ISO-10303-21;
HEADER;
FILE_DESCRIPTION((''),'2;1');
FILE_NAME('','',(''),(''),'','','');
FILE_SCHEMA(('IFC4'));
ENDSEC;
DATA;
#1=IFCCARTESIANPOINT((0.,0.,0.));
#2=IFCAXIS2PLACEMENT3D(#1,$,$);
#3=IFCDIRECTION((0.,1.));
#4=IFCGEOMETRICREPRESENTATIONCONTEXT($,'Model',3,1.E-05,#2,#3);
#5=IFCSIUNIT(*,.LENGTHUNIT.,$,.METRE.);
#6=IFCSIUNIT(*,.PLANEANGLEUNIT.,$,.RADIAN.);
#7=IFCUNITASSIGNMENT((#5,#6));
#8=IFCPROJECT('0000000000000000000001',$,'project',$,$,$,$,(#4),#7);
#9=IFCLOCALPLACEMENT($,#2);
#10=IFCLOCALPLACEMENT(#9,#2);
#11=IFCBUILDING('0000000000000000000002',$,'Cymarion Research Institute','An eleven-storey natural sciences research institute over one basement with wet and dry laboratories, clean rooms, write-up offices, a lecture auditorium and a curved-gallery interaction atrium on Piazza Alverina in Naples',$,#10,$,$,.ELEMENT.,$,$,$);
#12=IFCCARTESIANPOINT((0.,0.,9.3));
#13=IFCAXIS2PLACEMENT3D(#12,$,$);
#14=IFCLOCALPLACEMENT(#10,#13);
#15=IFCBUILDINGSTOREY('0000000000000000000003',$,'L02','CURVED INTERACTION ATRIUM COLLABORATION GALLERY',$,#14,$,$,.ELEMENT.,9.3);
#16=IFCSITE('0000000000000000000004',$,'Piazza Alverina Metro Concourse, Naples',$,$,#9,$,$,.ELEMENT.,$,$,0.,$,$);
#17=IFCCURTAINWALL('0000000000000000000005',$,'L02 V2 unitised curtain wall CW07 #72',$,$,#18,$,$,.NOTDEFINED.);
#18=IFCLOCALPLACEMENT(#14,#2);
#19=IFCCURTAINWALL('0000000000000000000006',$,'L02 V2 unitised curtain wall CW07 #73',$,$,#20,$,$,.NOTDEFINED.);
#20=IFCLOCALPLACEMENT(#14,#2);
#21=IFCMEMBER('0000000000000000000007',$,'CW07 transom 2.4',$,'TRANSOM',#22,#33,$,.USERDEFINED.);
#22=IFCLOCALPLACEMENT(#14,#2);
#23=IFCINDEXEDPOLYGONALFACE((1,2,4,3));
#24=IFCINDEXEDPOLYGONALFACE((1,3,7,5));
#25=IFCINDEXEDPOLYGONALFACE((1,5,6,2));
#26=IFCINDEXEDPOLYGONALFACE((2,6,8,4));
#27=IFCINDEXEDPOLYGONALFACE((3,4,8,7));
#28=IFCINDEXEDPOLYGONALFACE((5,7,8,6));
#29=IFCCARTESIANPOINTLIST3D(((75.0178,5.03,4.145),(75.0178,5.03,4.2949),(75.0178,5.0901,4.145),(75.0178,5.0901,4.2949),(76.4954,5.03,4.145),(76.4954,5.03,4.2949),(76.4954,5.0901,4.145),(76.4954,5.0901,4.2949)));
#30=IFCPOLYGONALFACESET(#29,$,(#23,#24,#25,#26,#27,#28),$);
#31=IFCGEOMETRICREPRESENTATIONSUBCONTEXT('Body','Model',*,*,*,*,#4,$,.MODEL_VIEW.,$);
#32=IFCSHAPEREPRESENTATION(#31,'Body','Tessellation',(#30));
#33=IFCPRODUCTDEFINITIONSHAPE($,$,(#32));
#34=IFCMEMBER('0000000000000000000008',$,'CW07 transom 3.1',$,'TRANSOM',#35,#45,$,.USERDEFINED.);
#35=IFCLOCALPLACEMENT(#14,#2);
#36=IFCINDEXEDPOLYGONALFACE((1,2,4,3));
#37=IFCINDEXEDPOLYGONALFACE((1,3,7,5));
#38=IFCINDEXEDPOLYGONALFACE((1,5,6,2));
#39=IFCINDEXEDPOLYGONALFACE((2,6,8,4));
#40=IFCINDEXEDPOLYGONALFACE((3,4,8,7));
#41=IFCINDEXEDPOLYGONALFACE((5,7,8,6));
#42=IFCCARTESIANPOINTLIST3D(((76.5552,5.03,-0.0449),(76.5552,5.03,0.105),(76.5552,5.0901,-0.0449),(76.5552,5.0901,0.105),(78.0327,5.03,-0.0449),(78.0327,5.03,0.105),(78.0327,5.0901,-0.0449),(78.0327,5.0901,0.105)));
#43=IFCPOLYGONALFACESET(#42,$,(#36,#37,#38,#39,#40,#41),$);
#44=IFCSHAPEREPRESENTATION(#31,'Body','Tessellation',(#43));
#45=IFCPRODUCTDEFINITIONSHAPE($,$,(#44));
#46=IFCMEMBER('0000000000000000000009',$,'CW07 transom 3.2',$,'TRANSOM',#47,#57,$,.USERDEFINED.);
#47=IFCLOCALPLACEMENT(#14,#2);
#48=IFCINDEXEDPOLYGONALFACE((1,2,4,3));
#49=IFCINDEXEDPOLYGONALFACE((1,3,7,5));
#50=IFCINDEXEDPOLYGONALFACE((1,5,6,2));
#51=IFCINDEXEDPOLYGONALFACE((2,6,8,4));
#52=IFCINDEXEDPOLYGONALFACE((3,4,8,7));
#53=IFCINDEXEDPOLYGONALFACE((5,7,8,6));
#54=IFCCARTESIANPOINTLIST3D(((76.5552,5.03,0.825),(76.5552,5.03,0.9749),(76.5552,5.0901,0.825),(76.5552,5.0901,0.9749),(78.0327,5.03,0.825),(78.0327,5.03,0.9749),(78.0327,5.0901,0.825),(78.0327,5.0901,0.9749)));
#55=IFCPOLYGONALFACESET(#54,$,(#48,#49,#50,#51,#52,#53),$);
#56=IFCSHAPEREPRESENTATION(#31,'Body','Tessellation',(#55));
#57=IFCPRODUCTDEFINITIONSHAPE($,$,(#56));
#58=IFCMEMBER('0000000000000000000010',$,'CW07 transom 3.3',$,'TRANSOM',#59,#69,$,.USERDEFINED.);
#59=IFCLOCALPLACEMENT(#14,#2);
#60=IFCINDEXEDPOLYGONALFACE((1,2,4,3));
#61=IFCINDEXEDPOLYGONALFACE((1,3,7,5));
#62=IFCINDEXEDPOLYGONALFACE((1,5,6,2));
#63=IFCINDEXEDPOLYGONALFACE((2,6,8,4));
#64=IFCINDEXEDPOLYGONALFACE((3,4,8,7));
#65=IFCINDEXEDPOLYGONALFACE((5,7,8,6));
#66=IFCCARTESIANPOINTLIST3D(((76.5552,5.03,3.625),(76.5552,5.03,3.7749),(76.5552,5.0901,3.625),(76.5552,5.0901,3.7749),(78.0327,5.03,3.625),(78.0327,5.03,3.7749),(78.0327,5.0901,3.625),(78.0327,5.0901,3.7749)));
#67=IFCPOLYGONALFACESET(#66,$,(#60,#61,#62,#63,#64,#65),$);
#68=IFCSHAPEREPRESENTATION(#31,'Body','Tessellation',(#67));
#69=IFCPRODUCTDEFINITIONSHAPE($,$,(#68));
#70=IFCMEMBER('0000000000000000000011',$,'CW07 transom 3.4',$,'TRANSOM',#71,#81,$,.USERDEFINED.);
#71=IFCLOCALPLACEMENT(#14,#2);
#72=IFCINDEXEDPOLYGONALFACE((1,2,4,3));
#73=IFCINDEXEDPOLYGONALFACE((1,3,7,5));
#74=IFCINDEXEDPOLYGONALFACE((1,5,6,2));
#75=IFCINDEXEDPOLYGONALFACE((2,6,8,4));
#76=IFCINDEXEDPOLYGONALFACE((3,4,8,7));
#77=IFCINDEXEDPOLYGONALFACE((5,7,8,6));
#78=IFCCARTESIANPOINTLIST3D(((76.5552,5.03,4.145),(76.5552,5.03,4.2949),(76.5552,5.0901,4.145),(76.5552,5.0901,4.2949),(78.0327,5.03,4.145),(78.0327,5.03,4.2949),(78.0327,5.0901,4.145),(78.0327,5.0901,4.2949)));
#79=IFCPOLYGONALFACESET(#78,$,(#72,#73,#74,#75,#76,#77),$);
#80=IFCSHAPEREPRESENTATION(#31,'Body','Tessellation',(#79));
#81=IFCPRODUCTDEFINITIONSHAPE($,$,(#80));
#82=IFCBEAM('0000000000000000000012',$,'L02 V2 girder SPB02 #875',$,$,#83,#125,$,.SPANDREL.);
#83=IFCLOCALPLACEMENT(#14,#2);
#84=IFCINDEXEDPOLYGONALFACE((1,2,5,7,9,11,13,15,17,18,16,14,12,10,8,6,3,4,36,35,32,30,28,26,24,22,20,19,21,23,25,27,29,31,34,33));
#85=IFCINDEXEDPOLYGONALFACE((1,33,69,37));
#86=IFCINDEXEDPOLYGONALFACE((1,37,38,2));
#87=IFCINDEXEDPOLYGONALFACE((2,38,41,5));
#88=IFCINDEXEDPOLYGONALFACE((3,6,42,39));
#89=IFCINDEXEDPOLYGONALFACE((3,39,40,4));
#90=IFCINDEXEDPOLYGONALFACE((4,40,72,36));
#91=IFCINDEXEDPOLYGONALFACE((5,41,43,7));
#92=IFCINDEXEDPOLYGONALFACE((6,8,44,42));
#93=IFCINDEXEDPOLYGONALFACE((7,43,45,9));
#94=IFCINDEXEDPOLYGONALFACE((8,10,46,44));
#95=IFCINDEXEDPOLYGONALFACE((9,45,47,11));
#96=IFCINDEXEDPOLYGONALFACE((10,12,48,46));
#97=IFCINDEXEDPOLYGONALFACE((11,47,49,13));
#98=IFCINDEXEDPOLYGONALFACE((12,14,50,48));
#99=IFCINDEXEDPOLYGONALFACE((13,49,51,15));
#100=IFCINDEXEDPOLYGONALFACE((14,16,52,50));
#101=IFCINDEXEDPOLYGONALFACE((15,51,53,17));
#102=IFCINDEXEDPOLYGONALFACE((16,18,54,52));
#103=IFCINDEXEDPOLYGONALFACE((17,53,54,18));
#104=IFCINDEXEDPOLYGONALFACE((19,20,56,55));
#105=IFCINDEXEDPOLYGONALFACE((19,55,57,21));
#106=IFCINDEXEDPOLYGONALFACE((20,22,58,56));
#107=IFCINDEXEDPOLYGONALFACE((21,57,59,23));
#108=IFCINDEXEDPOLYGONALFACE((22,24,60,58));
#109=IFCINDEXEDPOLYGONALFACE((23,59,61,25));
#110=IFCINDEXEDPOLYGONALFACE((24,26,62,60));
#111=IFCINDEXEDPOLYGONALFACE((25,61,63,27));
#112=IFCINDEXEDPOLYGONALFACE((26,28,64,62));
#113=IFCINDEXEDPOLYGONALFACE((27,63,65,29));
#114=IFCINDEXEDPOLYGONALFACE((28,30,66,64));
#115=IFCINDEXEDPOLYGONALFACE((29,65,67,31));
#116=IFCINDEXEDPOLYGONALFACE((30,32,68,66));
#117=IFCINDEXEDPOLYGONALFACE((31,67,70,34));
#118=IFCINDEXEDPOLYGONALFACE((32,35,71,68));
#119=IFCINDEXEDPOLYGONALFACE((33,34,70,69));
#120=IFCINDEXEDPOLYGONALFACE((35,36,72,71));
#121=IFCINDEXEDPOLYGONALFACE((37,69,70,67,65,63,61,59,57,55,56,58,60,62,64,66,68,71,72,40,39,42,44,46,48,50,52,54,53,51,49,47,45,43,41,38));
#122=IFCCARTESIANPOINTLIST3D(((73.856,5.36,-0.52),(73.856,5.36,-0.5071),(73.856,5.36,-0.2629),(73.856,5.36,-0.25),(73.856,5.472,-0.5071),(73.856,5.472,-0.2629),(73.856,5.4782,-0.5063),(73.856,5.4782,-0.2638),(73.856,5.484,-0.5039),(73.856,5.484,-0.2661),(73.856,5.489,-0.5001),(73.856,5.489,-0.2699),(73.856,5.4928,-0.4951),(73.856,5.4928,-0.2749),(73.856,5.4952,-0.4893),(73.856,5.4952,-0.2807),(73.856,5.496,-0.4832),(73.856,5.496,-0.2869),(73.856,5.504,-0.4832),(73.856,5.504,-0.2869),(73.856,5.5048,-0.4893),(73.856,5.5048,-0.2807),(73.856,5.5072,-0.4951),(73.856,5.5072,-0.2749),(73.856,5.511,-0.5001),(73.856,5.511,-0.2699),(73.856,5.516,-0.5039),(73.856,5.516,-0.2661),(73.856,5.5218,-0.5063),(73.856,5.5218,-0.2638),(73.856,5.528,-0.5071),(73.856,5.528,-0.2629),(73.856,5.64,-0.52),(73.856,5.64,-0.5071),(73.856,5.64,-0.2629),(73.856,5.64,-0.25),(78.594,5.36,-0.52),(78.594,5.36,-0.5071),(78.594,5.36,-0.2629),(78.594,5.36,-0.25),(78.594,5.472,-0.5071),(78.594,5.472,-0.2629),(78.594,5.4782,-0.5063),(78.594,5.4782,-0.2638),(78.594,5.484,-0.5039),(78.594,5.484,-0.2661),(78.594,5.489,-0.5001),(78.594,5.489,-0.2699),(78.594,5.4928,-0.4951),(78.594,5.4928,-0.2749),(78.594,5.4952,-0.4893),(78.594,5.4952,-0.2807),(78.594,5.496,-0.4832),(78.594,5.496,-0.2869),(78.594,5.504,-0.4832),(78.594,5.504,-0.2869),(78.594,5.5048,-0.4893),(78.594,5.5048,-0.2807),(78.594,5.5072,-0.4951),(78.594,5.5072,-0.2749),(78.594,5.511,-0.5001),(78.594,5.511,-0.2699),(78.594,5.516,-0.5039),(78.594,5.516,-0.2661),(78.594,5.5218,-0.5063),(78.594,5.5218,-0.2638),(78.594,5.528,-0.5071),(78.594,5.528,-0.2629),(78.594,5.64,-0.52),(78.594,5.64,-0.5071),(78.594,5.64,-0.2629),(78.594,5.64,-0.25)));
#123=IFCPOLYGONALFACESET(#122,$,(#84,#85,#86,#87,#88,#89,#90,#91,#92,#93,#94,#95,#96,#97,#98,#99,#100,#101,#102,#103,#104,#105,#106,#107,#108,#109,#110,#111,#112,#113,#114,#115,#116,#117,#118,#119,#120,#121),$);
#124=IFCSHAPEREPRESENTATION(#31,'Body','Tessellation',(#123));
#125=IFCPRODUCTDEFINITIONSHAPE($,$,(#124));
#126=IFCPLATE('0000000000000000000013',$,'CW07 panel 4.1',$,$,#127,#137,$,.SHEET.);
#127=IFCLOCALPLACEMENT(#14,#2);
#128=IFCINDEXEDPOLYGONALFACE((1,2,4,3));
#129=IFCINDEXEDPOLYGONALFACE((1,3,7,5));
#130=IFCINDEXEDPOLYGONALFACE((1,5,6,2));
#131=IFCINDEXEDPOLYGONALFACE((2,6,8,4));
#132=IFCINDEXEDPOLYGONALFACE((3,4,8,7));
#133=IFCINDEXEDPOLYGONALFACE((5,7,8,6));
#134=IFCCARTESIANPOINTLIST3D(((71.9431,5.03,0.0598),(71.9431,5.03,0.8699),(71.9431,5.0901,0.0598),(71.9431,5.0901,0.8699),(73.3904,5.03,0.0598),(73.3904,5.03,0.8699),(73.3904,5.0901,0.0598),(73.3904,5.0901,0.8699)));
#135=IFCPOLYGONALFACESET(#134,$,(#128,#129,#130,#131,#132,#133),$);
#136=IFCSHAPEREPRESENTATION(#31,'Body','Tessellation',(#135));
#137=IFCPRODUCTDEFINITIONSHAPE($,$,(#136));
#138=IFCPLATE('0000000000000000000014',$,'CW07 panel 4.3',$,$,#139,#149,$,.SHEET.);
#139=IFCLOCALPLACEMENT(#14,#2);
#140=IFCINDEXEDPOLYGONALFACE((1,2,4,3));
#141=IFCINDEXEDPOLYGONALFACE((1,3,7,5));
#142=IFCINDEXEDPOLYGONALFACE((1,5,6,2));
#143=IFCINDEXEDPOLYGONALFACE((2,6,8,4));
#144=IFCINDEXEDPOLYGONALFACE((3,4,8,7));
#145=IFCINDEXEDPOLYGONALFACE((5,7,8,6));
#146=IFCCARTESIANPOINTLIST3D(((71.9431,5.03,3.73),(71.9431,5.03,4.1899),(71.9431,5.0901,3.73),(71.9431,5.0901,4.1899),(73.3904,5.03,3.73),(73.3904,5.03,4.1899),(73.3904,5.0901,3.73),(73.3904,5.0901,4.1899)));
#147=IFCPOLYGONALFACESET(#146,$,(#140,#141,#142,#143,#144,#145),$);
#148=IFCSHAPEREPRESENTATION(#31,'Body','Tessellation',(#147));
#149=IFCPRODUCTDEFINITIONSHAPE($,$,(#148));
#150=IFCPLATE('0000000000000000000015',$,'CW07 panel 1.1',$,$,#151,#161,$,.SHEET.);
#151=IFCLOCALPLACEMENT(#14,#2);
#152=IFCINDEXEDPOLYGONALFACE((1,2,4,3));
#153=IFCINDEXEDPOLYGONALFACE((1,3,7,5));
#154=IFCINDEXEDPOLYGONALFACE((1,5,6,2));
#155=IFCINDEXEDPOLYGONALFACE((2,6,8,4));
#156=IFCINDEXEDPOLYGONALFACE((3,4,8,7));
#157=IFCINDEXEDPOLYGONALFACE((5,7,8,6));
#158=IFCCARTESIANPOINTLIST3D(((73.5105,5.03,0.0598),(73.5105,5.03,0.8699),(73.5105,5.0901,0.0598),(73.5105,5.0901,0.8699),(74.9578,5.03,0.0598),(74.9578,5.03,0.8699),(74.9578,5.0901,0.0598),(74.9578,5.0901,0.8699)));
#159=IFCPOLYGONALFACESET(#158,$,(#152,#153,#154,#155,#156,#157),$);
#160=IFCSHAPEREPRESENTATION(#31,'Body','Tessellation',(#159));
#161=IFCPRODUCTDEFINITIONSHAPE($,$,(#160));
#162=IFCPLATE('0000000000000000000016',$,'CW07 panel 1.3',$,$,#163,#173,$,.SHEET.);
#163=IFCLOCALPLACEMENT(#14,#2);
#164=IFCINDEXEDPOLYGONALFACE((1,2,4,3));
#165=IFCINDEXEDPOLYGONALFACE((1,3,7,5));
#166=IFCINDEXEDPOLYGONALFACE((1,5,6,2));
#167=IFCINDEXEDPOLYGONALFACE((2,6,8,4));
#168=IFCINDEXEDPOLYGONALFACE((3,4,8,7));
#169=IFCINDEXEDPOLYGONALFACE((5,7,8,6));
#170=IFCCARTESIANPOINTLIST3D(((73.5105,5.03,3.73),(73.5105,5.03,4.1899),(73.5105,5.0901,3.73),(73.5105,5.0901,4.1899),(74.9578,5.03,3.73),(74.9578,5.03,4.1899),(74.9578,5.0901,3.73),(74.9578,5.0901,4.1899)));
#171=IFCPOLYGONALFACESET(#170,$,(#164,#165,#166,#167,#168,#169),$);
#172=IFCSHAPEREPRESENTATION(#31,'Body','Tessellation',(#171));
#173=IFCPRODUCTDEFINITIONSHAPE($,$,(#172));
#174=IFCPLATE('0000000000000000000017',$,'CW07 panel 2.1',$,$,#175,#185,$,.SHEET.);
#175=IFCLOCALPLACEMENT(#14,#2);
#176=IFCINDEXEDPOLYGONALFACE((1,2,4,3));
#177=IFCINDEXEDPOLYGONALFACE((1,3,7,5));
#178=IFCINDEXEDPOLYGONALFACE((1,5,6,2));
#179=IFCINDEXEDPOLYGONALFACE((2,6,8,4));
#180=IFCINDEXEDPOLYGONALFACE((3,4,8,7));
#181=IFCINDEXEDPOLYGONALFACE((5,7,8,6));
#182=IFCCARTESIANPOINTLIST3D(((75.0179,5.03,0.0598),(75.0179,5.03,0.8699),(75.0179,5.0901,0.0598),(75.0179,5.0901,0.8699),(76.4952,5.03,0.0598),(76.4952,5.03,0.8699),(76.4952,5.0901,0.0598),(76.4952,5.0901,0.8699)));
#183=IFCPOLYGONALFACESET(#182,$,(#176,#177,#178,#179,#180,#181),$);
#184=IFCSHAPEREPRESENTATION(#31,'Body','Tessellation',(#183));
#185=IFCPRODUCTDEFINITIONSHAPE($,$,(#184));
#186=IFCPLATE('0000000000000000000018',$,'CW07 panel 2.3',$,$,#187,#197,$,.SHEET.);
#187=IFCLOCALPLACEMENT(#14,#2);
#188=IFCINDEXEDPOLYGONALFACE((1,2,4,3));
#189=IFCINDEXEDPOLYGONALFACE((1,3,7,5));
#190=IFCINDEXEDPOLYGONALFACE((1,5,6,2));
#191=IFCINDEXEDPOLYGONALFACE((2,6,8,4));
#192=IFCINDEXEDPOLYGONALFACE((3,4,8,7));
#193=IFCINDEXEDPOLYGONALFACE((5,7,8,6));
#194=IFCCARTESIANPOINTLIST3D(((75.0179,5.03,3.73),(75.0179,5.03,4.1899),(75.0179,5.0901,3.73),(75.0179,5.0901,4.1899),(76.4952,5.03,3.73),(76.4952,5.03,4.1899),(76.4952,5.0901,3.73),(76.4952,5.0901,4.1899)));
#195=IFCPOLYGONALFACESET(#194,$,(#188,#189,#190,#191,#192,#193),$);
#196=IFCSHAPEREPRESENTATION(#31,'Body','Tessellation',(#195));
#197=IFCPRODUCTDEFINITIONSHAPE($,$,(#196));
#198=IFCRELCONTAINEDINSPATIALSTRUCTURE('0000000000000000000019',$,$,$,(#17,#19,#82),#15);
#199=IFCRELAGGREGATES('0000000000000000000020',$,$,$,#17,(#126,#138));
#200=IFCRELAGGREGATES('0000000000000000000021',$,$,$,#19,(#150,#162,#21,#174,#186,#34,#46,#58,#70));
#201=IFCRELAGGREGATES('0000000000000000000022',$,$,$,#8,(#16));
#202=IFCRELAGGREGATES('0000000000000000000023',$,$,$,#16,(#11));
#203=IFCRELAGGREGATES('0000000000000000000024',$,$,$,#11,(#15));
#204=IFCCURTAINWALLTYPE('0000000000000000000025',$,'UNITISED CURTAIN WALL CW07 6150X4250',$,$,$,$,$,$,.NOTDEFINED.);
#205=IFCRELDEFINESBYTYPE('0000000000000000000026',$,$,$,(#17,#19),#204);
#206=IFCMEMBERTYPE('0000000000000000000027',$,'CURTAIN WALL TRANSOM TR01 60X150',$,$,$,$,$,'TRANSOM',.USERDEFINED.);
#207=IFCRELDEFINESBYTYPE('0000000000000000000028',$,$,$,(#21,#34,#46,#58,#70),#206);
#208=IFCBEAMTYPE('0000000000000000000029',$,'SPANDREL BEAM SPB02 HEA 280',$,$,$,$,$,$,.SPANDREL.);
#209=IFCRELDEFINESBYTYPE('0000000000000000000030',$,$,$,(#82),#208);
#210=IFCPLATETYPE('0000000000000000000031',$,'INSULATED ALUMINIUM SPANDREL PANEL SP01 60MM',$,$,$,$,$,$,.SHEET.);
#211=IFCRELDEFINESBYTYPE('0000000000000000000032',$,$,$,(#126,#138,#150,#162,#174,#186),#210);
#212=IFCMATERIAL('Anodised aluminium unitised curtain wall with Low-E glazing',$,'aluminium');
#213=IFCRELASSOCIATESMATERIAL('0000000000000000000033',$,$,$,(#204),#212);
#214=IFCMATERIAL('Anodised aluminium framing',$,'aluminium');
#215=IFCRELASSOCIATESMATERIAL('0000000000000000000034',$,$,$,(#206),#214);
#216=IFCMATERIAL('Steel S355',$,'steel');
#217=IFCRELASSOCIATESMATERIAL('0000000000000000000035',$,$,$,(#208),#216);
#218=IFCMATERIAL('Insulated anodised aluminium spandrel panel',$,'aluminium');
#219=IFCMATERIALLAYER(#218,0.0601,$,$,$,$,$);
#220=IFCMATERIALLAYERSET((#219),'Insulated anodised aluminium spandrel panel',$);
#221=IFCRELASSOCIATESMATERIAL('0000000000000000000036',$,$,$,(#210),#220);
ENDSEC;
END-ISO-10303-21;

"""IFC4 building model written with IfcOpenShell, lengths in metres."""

from ifc_helpers import new_model, si_unit, direction, frame, origin, origin_2d, place, context, subcontext, project, spatial, rectangle, i_section, extrude, material, layer, layer_set, material_profile, profile_set, type_object, element, aggregate, save


model = new_model("IFC4")

# Units and contexts
model_context = context("Model", 3, precision=1e-05, world=origin(), true_north=direction((0.0, 1.0)))
body_context = subcontext(model_context, "Body", "Model", "MODEL_VIEW")
ifc_project = project(units=[si_unit("LENGTHUNIT", "METRE"), si_unit("PLANEANGLEUNIT", "RADIAN")], contexts=[model_context])

# Site, building, storey
site_placement = place(None, origin())
site = spatial("IfcSite", under=ifc_project, at=site_placement, Name="Piazza Alverina Metro Concourse, Naples", CompositionType="ELEMENT", RefElevation=0.0)
building_placement = place(site_placement, origin())
building = spatial("IfcBuilding", under=site, at=building_placement, Name="Cymarion Research Institute", Description="An eleven-storey natural sciences research institute over one basement with wet and dry laboratories, clean rooms, write-up offices, a lecture auditorium and a curved-gallery interaction atrium on Piazza Alverina in Naples", CompositionType="ELEMENT")
storey_placement = place(building_placement, frame((0.0, 0.0, 9.3)))
storey = spatial("IfcBuildingStorey", under=building, at=storey_placement, Name="L02", Description="CURVED INTERACTION ATRIUM COLLABORATION GALLERY", CompositionType="ELEMENT", Elevation=9.3)

# Shared definitions
ifc_material_1 = material(Name="Steel S355", Category="steel")

# Curtain wall
ifc_material_2 = material(Name="Anodised aluminium unitised curtain wall with Low-E glazing", Category="aluminium")
curtain_wall_type = type_object("IfcCurtainWallType", Name="UNITISED CURTAIN WALL CW07 6150X4250", PredefinedType="NOTDEFINED", material=ifc_material_2)
curtain_wall_1_placement = place(storey_placement, origin())
curtain_wall_1 = element("IfcCurtainWall", 1, at=curtain_wall_1_placement, inside=storey, type_object=curtain_wall_type, Name="L02 V2 unitised curtain wall CW07 #72", PredefinedType="NOTDEFINED")
ifc_material_3 = material(Name="Anodised aluminium framing", Category="aluminium")

# Curtain wall, members
curtain_wall_2_placement = place(storey_placement, origin())
curtain_wall_2 = element("IfcCurtainWall", 2, at=curtain_wall_2_placement, inside=storey, type_object=curtain_wall_type, Name="L02 V2 unitised curtain wall CW07 #73", PredefinedType="NOTDEFINED")
ifc_material_profile_1 = material_profile(ifc_material_3, rectangle(XDim=0.0601, YDim=0.1499, at=origin_2d()), Name="ALU TRANSOM 60x150")
ifc_profile_set_1 = profile_set([ifc_material_profile_1], Name="Anodised aluminium framing")
member_type_1 = type_object("IfcMemberType", Name="CURTAIN WALL TRANSOM TR01 60X150", ElementType="TRANSOM", PredefinedType="USERDEFINED", material=ifc_profile_set_1)
member_1_placement = place(storey_placement, frame((75.0178, 5.0601, 4.22), z_axis=(1.0, 0.0, 0.0), x_axis=(0.0, 1.0, 0.0)))
member_1 = element("IfcMember", 3, at=member_1_placement, type_object=member_type_1, Name="CW07 transom 2.4", ObjectType="TRANSOM", PredefinedType="USERDEFINED", context=body_context, shape_type="SweptSolid", body=[
    extrude(rectangle(XDim=0.0601, YDim=0.1499, at=origin_2d()), origin(), (0.0, 0.0, 1.0), 1.4775),
])
member_2_placement = place(storey_placement, frame((76.5552, 5.0601, 0.03), z_axis=(1.0, 0.0, 0.0), x_axis=(0.0, 1.0, 0.0)))
member_2 = element("IfcMember", 4, at=member_2_placement, type_object=member_type_1, Name="CW07 transom 3.1", ObjectType="TRANSOM", PredefinedType="USERDEFINED", context=body_context, shape_type="SweptSolid", body=[
    extrude(rectangle(XDim=0.0601, YDim=0.1499, at=origin_2d()), origin(), (0.0, 0.0, 1.0), 1.4775),
])
member_3_placement = place(storey_placement, frame((76.5552, 5.0601, 0.8999), z_axis=(1.0, 0.0, 0.0), x_axis=(0.0, 1.0, 0.0)))
member_3 = element("IfcMember", 5, at=member_3_placement, type_object=member_type_1, Name="CW07 transom 3.2", ObjectType="TRANSOM", PredefinedType="USERDEFINED", context=body_context, shape_type="SweptSolid", body=[
    extrude(rectangle(XDim=0.0601, YDim=0.1499, at=origin_2d()), origin(), (0.0, 0.0, 1.0), 1.4775),
])
member_4_placement = place(storey_placement, frame((76.5552, 5.0601, 3.7), z_axis=(1.0, 0.0, 0.0), x_axis=(0.0, 1.0, 0.0)))
member_4 = element("IfcMember", 6, at=member_4_placement, type_object=member_type_1, Name="CW07 transom 3.3", ObjectType="TRANSOM", PredefinedType="USERDEFINED", context=body_context, shape_type="SweptSolid", body=[
    extrude(rectangle(XDim=0.0601, YDim=0.1499, at=origin_2d()), origin(), (0.0, 0.0, 1.0), 1.4775),
])
member_5_placement = place(storey_placement, frame((76.5552, 5.0601, 4.22), z_axis=(1.0, 0.0, 0.0), x_axis=(0.0, 1.0, 0.0)))
member_5 = element("IfcMember", 7, at=member_5_placement, type_object=member_type_1, Name="CW07 transom 3.4", ObjectType="TRANSOM", PredefinedType="USERDEFINED", context=body_context, shape_type="SweptSolid", body=[
    extrude(rectangle(XDim=0.0601, YDim=0.1499, at=origin_2d()), origin(), (0.0, 0.0, 1.0), 1.4775),
])

# Beam
ifc_material_profile_2 = material_profile(ifc_material_1, i_section(OverallWidth=0.28, OverallDepth=0.27, WebThickness=0.0081, FlangeThickness=0.0129, FilletRadius=0.0239, at=origin_2d()), Name="HEA 280")
ifc_profile_set_2 = profile_set([ifc_material_profile_2], Name="Steel S355")
beam_type = type_object("IfcBeamType", Name="SPANDREL BEAM SPB02 HEA 280", PredefinedType="SPANDREL", material=ifc_profile_set_2)
beam_placement = place(storey_placement, frame((73.856, 5.5, -0.385), z_axis=(1.0, 0.0, 0.0), x_axis=(0.0, 1.0, 0.0)))
element("IfcBeam", 8, at=beam_placement, inside=storey, type_object=beam_type, Name="L02 V2 girder SPB02 #875", PredefinedType="SPANDREL", context=body_context, shape_type="SweptSolid", body=[
    extrude(i_section(OverallWidth=0.28, OverallDepth=0.27, WebThickness=0.0081, FlangeThickness=0.0129, FilletRadius=0.0239, at=origin_2d()), origin(), (0.0, 0.0, 1.0), 4.738),
])

# Plates
ifc_material_4 = material(Name="Insulated anodised aluminium spandrel panel", Category="aluminium")
ifc_layer_1 = layer(ifc_material_4, 0.0601)
ifc_layer_set_1 = layer_set([ifc_layer_1], Name="Insulated anodised aluminium spandrel panel")
plate_type_1 = type_object("IfcPlateType", Name="INSULATED ALUMINIUM SPANDREL PANEL SP01 60MM", PredefinedType="SHEET", material=ifc_layer_set_1)
plate_1_placement = place(storey_placement, frame((72.6667, 5.0601, 0.0598), z_axis=(0.0, 0.0, 1.0), x_axis=(1.0, 0.0, 0.0)))
plate_1 = element("IfcPlate", 9, at=plate_1_placement, type_object=plate_type_1, Name="CW07 panel 4.1", PredefinedType="SHEET", context=body_context, shape_type="SweptSolid", body=[
    extrude(rectangle(XDim=1.4473, YDim=0.0601, at=origin_2d()), origin(), (0.0, 0.0, 1.0), 0.8101),
])
plate_2_placement = place(storey_placement, frame((72.6667, 5.0601, 3.73), z_axis=(0.0, 0.0, 1.0), x_axis=(1.0, 0.0, 0.0)))
plate_2 = element("IfcPlate", 10, at=plate_2_placement, type_object=plate_type_1, Name="CW07 panel 4.3", PredefinedType="SHEET", context=body_context, shape_type="SweptSolid", body=[
    extrude(rectangle(XDim=1.4473, YDim=0.0601, at=origin_2d()), origin(), (0.0, 0.0, 1.0), 0.46),
])
plate_3_placement = place(storey_placement, frame((74.2341, 5.0601, 0.0598), z_axis=(0.0, 0.0, 1.0), x_axis=(1.0, 0.0, 0.0)))
plate_3 = element("IfcPlate", 11, at=plate_3_placement, type_object=plate_type_1, Name="CW07 panel 1.1", PredefinedType="SHEET", context=body_context, shape_type="SweptSolid", body=[
    extrude(rectangle(XDim=1.4473, YDim=0.0601, at=origin_2d()), origin(), (0.0, 0.0, 1.0), 0.8101),
])
plate_4_placement = place(storey_placement, frame((74.2341, 5.0601, 3.73), z_axis=(0.0, 0.0, 1.0), x_axis=(1.0, 0.0, 0.0)))
plate_4 = element("IfcPlate", 12, at=plate_4_placement, type_object=plate_type_1, Name="CW07 panel 1.3", PredefinedType="SHEET", context=body_context, shape_type="SweptSolid", body=[
    extrude(rectangle(XDim=1.4473, YDim=0.0601, at=origin_2d()), origin(), (0.0, 0.0, 1.0), 0.46),
])
plate_5_placement = place(storey_placement, frame((75.7566, 5.0601, 0.0598), z_axis=(0.0, 0.0, 1.0), x_axis=(1.0, 0.0, 0.0)))
plate_5 = element("IfcPlate", 13, at=plate_5_placement, type_object=plate_type_1, Name="CW07 panel 2.1", PredefinedType="SHEET", context=body_context, shape_type="SweptSolid", body=[
    extrude(rectangle(XDim=1.4773, YDim=0.0601, at=origin_2d()), origin(), (0.0, 0.0, 1.0), 0.8101),
])
plate_6_placement = place(storey_placement, frame((75.7566, 5.0601, 3.73), z_axis=(0.0, 0.0, 1.0), x_axis=(1.0, 0.0, 0.0)))
plate_6 = element("IfcPlate", 14, at=plate_6_placement, type_object=plate_type_1, Name="CW07 panel 2.3", PredefinedType="SHEET", context=body_context, shape_type="SweptSolid", body=[
    extrude(rectangle(XDim=1.4773, YDim=0.0601, at=origin_2d()), origin(), (0.0, 0.0, 1.0), 0.46),
])
aggregate(curtain_wall_1, [plate_1, plate_2])
aggregate(curtain_wall_2, [plate_3, plate_4, member_1, plate_5, plate_6, member_2, member_3, member_4, member_5])

save(model, "model.ifc")
